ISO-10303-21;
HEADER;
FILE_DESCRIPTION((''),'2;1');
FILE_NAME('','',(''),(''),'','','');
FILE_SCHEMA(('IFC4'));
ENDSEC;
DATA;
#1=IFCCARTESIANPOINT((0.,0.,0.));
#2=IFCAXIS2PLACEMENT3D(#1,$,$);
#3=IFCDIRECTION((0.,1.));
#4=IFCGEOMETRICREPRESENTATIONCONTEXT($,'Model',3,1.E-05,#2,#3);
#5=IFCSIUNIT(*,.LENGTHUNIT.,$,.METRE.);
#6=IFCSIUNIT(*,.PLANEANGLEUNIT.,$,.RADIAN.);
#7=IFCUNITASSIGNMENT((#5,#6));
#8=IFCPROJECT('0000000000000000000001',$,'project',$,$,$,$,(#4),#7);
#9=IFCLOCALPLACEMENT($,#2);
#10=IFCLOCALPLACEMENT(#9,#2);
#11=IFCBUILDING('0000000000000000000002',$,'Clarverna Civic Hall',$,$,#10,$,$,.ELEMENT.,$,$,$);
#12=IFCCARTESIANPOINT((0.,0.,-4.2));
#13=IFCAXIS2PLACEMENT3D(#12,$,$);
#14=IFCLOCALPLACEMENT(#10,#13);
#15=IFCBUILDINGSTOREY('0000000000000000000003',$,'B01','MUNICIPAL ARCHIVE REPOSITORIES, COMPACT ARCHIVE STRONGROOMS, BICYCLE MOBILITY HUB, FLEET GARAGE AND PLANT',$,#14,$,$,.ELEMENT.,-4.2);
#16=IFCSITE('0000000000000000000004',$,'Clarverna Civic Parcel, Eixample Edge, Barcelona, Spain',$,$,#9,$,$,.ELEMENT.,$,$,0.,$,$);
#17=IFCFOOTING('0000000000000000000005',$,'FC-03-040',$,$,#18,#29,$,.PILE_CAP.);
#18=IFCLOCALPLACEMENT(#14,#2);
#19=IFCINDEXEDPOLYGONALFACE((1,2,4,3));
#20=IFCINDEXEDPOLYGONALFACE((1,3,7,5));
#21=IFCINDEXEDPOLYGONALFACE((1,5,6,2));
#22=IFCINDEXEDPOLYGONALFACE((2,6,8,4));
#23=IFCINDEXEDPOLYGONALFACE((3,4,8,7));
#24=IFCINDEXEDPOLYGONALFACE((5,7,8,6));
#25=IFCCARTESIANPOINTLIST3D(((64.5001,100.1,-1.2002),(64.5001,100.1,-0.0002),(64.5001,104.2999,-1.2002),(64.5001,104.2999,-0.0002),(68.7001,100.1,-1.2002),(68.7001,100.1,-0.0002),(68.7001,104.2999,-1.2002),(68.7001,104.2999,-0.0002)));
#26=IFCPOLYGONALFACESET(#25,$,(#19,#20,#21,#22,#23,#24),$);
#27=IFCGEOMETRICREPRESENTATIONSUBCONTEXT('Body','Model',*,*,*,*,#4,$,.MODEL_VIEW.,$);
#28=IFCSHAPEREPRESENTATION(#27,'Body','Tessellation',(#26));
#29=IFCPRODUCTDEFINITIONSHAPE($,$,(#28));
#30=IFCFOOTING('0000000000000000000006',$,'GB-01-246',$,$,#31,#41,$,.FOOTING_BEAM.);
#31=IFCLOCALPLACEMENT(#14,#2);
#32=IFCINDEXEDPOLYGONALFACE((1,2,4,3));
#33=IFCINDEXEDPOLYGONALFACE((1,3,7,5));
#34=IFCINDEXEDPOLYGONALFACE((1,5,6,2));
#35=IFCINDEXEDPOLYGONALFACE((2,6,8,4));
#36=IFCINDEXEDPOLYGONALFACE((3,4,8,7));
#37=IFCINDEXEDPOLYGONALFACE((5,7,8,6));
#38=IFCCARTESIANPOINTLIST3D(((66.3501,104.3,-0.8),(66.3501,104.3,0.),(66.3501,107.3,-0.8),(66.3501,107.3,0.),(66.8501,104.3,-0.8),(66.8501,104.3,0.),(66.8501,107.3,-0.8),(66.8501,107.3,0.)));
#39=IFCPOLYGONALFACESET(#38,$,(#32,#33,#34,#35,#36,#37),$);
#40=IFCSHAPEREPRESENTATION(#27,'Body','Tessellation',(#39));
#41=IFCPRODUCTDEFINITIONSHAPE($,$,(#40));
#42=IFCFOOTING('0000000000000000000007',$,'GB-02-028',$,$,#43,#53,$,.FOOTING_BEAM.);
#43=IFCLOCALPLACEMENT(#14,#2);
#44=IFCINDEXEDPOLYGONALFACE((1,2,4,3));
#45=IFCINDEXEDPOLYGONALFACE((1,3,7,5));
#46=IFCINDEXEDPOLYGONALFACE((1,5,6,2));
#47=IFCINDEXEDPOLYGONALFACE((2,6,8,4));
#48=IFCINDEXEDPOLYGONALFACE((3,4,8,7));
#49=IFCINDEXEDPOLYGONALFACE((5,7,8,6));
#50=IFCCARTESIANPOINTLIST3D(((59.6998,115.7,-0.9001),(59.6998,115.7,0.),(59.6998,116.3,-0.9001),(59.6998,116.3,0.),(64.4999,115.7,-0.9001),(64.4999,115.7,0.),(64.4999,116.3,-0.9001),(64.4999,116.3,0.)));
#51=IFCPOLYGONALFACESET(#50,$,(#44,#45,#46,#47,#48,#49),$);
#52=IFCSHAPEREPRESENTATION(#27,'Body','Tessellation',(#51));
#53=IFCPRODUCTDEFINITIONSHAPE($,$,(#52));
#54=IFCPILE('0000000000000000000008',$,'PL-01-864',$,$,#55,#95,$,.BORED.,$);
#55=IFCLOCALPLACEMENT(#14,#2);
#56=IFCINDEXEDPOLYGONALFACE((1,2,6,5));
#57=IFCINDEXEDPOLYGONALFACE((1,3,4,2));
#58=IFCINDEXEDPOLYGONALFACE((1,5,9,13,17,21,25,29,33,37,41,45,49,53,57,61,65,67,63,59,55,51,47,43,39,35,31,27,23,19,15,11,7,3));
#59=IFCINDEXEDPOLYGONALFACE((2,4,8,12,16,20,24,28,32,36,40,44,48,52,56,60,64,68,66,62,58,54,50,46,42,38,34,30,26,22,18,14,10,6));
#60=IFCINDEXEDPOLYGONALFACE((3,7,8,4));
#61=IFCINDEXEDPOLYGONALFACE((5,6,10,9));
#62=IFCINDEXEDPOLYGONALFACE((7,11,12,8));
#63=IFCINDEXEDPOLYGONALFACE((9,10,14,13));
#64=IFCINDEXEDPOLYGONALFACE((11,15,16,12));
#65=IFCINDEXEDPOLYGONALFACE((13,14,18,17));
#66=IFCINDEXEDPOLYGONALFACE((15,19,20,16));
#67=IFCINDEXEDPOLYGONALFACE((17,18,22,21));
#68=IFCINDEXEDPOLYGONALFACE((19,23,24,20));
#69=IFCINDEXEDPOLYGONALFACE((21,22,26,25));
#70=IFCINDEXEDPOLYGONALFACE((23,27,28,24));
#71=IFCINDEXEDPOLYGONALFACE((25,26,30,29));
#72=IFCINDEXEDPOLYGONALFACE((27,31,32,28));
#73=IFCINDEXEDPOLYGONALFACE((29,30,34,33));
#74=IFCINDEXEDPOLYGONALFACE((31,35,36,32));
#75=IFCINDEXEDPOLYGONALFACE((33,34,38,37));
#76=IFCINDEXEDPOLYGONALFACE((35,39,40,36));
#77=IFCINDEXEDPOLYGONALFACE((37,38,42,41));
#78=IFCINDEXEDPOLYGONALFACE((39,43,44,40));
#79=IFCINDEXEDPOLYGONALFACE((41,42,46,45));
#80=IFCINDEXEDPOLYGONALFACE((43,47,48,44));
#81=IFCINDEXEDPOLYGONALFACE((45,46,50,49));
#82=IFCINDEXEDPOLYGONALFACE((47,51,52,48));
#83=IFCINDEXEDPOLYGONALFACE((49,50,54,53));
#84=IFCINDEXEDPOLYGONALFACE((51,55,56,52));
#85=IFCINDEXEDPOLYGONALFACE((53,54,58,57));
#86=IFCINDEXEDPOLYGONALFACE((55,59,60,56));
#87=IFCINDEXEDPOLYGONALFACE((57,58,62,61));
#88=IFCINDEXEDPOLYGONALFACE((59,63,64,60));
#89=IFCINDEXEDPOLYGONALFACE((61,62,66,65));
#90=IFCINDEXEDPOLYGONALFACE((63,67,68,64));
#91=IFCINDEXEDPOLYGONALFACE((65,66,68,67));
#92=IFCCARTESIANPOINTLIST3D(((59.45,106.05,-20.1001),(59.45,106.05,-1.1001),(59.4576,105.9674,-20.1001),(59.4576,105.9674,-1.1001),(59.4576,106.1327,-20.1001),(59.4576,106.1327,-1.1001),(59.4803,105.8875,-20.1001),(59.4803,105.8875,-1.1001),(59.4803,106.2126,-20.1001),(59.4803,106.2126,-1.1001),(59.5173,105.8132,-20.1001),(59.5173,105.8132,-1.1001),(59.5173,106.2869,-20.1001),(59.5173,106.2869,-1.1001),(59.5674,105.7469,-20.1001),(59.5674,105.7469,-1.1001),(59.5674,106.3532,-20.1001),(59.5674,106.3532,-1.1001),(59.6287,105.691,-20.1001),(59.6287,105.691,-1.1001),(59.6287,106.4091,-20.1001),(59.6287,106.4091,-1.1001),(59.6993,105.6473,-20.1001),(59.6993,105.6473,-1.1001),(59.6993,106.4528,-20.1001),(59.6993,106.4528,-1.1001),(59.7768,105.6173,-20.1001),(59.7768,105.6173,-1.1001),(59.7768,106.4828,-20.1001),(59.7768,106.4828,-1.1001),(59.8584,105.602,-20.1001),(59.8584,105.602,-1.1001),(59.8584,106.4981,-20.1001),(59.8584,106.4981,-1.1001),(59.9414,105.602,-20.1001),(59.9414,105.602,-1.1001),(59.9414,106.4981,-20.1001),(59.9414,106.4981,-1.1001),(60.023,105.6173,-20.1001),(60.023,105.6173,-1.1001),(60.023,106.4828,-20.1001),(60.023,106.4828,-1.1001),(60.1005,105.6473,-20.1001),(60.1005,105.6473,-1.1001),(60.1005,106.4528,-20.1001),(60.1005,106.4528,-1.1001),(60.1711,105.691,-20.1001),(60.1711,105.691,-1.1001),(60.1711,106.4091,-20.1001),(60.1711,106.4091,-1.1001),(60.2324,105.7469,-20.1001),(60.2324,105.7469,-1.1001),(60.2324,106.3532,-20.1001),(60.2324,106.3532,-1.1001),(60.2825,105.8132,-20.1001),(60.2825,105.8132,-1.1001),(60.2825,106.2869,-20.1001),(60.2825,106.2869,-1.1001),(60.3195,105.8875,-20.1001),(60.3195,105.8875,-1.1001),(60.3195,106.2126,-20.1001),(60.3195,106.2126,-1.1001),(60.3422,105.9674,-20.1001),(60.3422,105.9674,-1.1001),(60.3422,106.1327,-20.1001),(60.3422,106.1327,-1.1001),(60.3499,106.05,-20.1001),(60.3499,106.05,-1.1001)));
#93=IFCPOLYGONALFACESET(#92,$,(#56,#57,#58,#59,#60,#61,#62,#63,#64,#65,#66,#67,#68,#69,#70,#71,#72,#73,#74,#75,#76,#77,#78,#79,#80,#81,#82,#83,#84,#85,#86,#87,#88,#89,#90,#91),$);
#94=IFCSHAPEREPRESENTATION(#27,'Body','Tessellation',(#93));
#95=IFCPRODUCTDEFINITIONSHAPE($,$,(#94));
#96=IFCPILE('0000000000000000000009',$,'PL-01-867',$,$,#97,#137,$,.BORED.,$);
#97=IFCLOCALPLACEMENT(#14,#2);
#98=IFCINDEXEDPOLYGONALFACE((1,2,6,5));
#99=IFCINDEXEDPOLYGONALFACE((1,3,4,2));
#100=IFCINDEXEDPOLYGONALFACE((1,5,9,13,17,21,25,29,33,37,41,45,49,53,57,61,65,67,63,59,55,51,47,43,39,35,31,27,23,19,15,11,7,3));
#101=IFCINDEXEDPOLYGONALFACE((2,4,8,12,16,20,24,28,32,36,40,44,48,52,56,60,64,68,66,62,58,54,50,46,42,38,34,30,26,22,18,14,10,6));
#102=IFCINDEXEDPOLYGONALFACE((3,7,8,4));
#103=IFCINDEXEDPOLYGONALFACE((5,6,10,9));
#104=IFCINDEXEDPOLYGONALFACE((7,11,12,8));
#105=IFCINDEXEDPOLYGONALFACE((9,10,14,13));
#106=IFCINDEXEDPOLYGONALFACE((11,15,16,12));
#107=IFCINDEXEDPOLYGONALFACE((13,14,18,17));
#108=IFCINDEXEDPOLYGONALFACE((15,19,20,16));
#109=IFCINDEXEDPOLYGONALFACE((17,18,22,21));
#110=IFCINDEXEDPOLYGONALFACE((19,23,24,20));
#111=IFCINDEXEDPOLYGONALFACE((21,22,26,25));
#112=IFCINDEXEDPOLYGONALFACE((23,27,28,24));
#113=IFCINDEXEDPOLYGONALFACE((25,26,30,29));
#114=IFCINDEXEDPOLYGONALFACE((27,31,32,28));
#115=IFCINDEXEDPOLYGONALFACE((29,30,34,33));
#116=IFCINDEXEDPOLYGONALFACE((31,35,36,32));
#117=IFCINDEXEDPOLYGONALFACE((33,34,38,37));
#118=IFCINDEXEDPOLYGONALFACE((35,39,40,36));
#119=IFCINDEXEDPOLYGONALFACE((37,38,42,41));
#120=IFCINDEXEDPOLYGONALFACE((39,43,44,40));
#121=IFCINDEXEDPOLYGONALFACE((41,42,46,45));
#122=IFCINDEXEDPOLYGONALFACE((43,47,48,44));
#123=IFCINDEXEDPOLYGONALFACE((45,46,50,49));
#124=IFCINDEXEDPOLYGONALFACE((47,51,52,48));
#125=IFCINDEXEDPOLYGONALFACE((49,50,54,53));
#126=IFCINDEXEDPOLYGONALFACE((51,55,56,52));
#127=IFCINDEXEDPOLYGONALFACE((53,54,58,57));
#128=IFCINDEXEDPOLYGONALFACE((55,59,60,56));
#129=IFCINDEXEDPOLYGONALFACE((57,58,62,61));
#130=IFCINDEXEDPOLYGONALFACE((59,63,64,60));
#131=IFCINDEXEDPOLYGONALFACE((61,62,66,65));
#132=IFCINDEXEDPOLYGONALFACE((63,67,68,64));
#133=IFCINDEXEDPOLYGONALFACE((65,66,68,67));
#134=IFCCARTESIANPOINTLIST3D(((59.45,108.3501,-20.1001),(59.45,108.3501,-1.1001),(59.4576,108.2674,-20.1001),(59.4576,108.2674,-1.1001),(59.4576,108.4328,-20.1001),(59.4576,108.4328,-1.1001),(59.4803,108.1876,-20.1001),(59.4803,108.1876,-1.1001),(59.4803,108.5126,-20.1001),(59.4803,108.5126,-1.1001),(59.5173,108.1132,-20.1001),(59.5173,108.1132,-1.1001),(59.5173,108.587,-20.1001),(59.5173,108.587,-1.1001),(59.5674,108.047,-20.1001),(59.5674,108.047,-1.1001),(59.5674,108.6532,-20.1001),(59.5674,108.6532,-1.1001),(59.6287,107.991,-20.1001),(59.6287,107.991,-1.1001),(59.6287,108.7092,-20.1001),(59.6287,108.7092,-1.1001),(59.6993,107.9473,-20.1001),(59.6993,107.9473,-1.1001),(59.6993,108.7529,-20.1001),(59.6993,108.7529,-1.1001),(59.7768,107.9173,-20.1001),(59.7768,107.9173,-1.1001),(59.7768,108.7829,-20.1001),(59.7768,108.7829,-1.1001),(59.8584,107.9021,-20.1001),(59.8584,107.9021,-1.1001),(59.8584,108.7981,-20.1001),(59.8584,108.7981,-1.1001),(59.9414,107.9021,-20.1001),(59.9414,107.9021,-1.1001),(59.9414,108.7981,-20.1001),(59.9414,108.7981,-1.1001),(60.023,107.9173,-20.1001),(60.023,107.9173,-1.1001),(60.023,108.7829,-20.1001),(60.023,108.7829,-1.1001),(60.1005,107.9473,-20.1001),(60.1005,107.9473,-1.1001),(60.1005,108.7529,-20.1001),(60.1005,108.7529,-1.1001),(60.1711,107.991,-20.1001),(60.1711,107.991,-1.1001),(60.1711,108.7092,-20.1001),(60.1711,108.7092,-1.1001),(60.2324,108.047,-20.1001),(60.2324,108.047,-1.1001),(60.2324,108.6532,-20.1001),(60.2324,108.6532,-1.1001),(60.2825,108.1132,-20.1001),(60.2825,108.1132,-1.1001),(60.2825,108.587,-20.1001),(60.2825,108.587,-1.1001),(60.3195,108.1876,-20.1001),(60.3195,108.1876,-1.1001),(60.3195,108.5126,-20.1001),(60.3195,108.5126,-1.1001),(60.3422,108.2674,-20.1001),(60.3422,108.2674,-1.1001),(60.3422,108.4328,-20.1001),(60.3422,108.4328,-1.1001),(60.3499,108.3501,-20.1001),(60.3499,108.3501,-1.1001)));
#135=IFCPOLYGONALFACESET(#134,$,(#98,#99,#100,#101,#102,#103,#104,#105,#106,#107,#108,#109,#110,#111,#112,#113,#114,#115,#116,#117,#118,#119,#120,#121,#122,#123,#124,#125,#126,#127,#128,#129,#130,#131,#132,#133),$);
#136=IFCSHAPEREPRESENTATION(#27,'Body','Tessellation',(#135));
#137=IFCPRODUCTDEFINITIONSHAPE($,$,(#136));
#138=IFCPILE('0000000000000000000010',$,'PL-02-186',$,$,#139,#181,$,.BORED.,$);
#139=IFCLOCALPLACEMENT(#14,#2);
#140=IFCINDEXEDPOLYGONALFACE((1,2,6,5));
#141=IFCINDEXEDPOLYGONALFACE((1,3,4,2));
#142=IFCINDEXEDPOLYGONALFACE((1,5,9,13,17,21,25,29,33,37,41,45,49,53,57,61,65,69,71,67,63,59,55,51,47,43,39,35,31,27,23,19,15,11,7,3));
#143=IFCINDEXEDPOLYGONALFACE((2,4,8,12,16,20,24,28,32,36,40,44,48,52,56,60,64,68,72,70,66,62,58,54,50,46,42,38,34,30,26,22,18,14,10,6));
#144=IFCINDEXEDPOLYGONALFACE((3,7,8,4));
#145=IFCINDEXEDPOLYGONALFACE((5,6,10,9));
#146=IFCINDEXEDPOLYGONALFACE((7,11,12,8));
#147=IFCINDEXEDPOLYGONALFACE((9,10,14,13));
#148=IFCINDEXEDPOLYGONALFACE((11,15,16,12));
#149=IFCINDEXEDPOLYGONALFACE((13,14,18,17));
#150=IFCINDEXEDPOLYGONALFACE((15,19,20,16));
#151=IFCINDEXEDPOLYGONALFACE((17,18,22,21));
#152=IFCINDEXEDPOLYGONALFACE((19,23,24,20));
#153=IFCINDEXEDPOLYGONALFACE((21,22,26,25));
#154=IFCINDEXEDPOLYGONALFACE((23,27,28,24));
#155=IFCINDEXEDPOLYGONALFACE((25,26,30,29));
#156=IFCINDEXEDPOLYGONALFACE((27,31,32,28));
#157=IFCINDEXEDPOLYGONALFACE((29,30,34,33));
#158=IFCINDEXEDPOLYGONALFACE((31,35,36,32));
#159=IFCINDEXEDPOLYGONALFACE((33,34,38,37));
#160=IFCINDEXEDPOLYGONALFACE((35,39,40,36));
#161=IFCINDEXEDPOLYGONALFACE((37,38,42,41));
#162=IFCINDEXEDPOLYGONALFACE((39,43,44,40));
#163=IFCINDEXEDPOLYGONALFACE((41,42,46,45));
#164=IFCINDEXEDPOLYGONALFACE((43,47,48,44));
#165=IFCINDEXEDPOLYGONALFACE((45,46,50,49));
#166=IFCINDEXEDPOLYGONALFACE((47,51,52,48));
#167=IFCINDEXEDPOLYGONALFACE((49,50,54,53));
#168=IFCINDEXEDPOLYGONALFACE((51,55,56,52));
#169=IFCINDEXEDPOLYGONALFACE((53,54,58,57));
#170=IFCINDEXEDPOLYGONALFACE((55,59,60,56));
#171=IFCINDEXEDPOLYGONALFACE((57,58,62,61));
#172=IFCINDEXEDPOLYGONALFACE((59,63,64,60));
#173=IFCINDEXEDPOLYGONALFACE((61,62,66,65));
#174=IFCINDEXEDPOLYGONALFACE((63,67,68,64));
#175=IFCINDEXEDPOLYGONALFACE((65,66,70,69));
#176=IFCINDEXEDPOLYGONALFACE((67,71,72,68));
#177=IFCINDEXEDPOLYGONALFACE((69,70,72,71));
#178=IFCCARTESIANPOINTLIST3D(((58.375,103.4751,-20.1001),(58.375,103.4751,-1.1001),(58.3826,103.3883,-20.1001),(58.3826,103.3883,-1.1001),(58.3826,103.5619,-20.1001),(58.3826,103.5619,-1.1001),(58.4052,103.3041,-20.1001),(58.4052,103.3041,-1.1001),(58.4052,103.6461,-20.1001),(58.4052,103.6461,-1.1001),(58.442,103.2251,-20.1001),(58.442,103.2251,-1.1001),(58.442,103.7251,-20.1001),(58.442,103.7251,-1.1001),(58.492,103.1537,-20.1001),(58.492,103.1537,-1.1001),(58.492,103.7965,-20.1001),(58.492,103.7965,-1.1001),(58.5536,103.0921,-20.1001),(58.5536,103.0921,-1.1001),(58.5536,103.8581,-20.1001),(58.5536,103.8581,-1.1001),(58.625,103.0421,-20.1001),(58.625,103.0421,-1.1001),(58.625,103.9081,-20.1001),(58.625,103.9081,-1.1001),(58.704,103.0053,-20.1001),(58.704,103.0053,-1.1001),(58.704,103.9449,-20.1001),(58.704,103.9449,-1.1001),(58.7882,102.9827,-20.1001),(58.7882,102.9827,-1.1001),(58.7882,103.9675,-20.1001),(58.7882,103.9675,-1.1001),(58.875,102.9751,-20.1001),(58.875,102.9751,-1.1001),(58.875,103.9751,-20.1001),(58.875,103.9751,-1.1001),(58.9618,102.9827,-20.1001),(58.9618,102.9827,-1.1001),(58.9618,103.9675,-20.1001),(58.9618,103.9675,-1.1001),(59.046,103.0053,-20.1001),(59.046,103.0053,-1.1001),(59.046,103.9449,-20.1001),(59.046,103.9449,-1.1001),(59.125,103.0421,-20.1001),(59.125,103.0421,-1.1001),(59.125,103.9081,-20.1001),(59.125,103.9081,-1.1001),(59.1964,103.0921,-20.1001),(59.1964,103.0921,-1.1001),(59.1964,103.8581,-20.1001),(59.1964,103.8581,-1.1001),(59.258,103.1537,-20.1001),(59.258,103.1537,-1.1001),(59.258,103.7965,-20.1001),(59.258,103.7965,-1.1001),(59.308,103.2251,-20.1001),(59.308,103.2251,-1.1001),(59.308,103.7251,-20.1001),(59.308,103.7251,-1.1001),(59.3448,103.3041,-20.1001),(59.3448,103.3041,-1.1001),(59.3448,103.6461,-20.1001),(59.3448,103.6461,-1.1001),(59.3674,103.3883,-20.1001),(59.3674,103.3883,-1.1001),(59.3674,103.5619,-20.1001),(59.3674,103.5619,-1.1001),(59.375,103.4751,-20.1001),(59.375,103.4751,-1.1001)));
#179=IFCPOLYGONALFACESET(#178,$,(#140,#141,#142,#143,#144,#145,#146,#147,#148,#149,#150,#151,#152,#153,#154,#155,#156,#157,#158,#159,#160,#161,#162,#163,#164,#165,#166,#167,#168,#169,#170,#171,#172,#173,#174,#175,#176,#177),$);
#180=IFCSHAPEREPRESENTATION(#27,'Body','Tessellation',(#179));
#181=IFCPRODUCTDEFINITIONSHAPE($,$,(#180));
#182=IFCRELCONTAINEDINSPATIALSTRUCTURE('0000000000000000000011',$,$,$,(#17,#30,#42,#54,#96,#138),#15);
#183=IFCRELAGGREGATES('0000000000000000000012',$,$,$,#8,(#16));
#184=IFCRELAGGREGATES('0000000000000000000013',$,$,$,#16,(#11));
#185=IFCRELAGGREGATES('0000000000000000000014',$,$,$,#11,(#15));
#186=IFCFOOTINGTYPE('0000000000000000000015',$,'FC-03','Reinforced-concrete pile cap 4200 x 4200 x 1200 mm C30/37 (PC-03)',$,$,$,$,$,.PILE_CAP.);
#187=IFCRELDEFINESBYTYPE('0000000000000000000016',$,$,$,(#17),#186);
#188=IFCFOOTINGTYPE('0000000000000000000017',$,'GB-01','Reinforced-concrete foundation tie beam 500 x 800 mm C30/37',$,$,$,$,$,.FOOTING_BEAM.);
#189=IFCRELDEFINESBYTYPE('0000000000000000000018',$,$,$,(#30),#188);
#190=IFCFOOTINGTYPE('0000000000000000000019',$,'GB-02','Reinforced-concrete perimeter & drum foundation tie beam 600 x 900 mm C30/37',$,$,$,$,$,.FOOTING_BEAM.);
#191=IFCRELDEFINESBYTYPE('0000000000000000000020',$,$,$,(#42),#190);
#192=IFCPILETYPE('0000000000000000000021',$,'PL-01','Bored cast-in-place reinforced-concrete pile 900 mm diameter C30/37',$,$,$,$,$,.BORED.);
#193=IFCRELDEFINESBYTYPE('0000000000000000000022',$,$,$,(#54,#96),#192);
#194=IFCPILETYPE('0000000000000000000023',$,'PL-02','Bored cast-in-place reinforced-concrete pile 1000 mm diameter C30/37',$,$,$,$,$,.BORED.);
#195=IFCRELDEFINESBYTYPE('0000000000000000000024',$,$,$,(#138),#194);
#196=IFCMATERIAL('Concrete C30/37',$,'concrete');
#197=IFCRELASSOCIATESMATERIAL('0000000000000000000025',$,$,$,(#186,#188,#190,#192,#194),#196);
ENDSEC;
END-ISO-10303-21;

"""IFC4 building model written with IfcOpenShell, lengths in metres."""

from ifc_helpers import new_model, si_unit, direction, frame, frame_2d, origin, origin_2d, place, context, subcontext, project, spatial, rectangle, circle, extrude, material, material_profile, profile_set, type_object, element, save


model = new_model("IFC4")

# Units and contexts
model_context = context("Model", 3, precision=1e-05, world=origin(), true_north=direction((0.0, 1.0)))
body_context = subcontext(model_context, "Body", "Model", "MODEL_VIEW")
ifc_project = project(units=[si_unit("LENGTHUNIT", "METRE"), si_unit("PLANEANGLEUNIT", "RADIAN")], contexts=[model_context])

# Site, building, storey
site_placement = place(None, origin())
site = spatial("IfcSite", under=ifc_project, at=site_placement, Name="Clarverna Civic Parcel, Eixample Edge, Barcelona, Spain", CompositionType="ELEMENT", RefElevation=0.0)
building_placement = place(site_placement, origin())
building = spatial("IfcBuilding", under=site, at=building_placement, Name="Clarverna Civic Hall", CompositionType="ELEMENT")
storey_placement = place(building_placement, frame((0.0, 0.0, -4.2)))
storey = spatial("IfcBuildingStorey", under=building, at=storey_placement, Name="B01", Description="MUNICIPAL ARCHIVE REPOSITORIES, COMPACT ARCHIVE STRONGROOMS, BICYCLE MOBILITY HUB, FLEET GARAGE AND PLANT", CompositionType="ELEMENT", Elevation=-4.2)

# Footings
ifc_material_1 = material(Name="Concrete C30/37", Category="concrete")
footing_type_1 = type_object("IfcFootingType", Name="FC-03", Description="Reinforced-concrete pile cap 4200 x 4200 x 1200 mm C30/37 (PC-03)", PredefinedType="PILE_CAP", material=ifc_material_1)
footing_1_placement = place(storey_placement, frame((66.6001, 102.2, -1.2002), z_axis=(0.0, 0.0, 1.0), x_axis=(1.0, 0.0, 0.0)))
element("IfcFooting", 1, at=footing_1_placement, inside=storey, type_object=footing_type_1, Name="FC-03-040", PredefinedType="PILE_CAP", context=body_context, shape_type="SweptSolid", body=[
    extrude(rectangle(XDim=4.2, YDim=4.2, at=origin_2d()), origin(), (0.0, 0.0, 1.0), 1.2),
])
footing_type_2 = type_object("IfcFootingType", Name="GB-01", Description="Reinforced-concrete foundation tie beam 500 x 800 mm C30/37", PredefinedType="FOOTING_BEAM", material=ifc_material_1)
footing_2_placement = place(storey_placement, frame((66.6001, 104.3, -0.8), z_axis=(0.0, 0.0, 1.0), x_axis=(0.0, 1.0, 0.0)))
element("IfcFooting", 2, at=footing_2_placement, inside=storey, type_object=footing_type_2, Name="GB-01-246", PredefinedType="FOOTING_BEAM", context=body_context, shape_type="SweptSolid", body=[
    extrude(rectangle(XDim=3.0, YDim=0.5, at=frame_2d((1.5, 0.0))), origin(), (0.0, 0.0, 1.0), 0.8),
])
footing_type_3 = type_object("IfcFootingType", Name="GB-02", Description="Reinforced-concrete perimeter & drum foundation tie beam 600 x 900 mm C30/37", PredefinedType="FOOTING_BEAM", material=ifc_material_1)
footing_3_placement = place(storey_placement, frame((59.7, 116.0, -0.9001), z_axis=(0.0, 0.0, 1.0), x_axis=(1.0, 0.0, 0.0)))
element("IfcFooting", 3, at=footing_3_placement, inside=storey, type_object=footing_type_3, Name="GB-02-028", PredefinedType="FOOTING_BEAM", context=body_context, shape_type="SweptSolid", body=[
    extrude(rectangle(XDim=4.8, YDim=0.6001, at=frame_2d((2.3999, 0.0))), origin(), (0.0, 0.0, 1.0), 0.9001),
])

# Piles
ifc_material_profile_1 = material_profile(ifc_material_1, circle(Radius=0.45, at=origin_2d()), Name="BORED PILE D900")
ifc_profile_set_1 = profile_set([ifc_material_profile_1], Name="Concrete C30/37")
pile_type_1 = type_object("IfcPileType", Name="PL-01", Description="Bored cast-in-place reinforced-concrete pile 900 mm diameter C30/37", PredefinedType="BORED", material=ifc_profile_set_1)
for number, where, z_axis, x_axis, name in (
    (4, (59.8999, 106.05, -1.1001), (0.0, 0.0, -1.0), (1.0, 0.0, 0.0), "PL-01-864"),
    (5, (59.8999, 108.3501, -1.1001), (0.0, 0.0, -1.0), (1.0, 0.0, 0.0), "PL-01-867"),
):
    element("IfcPile", number, at=place(storey_placement, frame(where, z_axis=z_axis, x_axis=x_axis)), inside=storey, type_object=pile_type_1, Name=name, PredefinedType="BORED", context=body_context, shape_type="SweptSolid", body=[
        extrude(circle(Radius=0.45, at=origin_2d()), origin(), (0.0, 0.0, 1.0), 19.0),
    ])
ifc_material_profile_2 = material_profile(ifc_material_1, circle(Radius=0.5, at=origin_2d()), Name="BORED PILE D1000")
ifc_profile_set_2 = profile_set([ifc_material_profile_2], Name="Concrete C30/37")
pile_type_2 = type_object("IfcPileType", Name="PL-02", Description="Bored cast-in-place reinforced-concrete pile 1000 mm diameter C30/37", PredefinedType="BORED", material=ifc_profile_set_2)
for number, where, z_axis, x_axis, name in (
    (6, (58.875, 103.4751, -1.1001), (0.0, 0.0, -1.0), (1.0, 0.0, 0.0), "PL-02-186"),
):
    element("IfcPile", number, at=place(storey_placement, frame(where, z_axis=z_axis, x_axis=x_axis)), inside=storey, type_object=pile_type_2, Name=name, PredefinedType="BORED", context=body_context, shape_type="SweptSolid", body=[
        extrude(circle(Radius=0.5, at=origin_2d()), origin(), (0.0, 0.0, 1.0), 19.0),
    ])

save(model, "model.ifc")
